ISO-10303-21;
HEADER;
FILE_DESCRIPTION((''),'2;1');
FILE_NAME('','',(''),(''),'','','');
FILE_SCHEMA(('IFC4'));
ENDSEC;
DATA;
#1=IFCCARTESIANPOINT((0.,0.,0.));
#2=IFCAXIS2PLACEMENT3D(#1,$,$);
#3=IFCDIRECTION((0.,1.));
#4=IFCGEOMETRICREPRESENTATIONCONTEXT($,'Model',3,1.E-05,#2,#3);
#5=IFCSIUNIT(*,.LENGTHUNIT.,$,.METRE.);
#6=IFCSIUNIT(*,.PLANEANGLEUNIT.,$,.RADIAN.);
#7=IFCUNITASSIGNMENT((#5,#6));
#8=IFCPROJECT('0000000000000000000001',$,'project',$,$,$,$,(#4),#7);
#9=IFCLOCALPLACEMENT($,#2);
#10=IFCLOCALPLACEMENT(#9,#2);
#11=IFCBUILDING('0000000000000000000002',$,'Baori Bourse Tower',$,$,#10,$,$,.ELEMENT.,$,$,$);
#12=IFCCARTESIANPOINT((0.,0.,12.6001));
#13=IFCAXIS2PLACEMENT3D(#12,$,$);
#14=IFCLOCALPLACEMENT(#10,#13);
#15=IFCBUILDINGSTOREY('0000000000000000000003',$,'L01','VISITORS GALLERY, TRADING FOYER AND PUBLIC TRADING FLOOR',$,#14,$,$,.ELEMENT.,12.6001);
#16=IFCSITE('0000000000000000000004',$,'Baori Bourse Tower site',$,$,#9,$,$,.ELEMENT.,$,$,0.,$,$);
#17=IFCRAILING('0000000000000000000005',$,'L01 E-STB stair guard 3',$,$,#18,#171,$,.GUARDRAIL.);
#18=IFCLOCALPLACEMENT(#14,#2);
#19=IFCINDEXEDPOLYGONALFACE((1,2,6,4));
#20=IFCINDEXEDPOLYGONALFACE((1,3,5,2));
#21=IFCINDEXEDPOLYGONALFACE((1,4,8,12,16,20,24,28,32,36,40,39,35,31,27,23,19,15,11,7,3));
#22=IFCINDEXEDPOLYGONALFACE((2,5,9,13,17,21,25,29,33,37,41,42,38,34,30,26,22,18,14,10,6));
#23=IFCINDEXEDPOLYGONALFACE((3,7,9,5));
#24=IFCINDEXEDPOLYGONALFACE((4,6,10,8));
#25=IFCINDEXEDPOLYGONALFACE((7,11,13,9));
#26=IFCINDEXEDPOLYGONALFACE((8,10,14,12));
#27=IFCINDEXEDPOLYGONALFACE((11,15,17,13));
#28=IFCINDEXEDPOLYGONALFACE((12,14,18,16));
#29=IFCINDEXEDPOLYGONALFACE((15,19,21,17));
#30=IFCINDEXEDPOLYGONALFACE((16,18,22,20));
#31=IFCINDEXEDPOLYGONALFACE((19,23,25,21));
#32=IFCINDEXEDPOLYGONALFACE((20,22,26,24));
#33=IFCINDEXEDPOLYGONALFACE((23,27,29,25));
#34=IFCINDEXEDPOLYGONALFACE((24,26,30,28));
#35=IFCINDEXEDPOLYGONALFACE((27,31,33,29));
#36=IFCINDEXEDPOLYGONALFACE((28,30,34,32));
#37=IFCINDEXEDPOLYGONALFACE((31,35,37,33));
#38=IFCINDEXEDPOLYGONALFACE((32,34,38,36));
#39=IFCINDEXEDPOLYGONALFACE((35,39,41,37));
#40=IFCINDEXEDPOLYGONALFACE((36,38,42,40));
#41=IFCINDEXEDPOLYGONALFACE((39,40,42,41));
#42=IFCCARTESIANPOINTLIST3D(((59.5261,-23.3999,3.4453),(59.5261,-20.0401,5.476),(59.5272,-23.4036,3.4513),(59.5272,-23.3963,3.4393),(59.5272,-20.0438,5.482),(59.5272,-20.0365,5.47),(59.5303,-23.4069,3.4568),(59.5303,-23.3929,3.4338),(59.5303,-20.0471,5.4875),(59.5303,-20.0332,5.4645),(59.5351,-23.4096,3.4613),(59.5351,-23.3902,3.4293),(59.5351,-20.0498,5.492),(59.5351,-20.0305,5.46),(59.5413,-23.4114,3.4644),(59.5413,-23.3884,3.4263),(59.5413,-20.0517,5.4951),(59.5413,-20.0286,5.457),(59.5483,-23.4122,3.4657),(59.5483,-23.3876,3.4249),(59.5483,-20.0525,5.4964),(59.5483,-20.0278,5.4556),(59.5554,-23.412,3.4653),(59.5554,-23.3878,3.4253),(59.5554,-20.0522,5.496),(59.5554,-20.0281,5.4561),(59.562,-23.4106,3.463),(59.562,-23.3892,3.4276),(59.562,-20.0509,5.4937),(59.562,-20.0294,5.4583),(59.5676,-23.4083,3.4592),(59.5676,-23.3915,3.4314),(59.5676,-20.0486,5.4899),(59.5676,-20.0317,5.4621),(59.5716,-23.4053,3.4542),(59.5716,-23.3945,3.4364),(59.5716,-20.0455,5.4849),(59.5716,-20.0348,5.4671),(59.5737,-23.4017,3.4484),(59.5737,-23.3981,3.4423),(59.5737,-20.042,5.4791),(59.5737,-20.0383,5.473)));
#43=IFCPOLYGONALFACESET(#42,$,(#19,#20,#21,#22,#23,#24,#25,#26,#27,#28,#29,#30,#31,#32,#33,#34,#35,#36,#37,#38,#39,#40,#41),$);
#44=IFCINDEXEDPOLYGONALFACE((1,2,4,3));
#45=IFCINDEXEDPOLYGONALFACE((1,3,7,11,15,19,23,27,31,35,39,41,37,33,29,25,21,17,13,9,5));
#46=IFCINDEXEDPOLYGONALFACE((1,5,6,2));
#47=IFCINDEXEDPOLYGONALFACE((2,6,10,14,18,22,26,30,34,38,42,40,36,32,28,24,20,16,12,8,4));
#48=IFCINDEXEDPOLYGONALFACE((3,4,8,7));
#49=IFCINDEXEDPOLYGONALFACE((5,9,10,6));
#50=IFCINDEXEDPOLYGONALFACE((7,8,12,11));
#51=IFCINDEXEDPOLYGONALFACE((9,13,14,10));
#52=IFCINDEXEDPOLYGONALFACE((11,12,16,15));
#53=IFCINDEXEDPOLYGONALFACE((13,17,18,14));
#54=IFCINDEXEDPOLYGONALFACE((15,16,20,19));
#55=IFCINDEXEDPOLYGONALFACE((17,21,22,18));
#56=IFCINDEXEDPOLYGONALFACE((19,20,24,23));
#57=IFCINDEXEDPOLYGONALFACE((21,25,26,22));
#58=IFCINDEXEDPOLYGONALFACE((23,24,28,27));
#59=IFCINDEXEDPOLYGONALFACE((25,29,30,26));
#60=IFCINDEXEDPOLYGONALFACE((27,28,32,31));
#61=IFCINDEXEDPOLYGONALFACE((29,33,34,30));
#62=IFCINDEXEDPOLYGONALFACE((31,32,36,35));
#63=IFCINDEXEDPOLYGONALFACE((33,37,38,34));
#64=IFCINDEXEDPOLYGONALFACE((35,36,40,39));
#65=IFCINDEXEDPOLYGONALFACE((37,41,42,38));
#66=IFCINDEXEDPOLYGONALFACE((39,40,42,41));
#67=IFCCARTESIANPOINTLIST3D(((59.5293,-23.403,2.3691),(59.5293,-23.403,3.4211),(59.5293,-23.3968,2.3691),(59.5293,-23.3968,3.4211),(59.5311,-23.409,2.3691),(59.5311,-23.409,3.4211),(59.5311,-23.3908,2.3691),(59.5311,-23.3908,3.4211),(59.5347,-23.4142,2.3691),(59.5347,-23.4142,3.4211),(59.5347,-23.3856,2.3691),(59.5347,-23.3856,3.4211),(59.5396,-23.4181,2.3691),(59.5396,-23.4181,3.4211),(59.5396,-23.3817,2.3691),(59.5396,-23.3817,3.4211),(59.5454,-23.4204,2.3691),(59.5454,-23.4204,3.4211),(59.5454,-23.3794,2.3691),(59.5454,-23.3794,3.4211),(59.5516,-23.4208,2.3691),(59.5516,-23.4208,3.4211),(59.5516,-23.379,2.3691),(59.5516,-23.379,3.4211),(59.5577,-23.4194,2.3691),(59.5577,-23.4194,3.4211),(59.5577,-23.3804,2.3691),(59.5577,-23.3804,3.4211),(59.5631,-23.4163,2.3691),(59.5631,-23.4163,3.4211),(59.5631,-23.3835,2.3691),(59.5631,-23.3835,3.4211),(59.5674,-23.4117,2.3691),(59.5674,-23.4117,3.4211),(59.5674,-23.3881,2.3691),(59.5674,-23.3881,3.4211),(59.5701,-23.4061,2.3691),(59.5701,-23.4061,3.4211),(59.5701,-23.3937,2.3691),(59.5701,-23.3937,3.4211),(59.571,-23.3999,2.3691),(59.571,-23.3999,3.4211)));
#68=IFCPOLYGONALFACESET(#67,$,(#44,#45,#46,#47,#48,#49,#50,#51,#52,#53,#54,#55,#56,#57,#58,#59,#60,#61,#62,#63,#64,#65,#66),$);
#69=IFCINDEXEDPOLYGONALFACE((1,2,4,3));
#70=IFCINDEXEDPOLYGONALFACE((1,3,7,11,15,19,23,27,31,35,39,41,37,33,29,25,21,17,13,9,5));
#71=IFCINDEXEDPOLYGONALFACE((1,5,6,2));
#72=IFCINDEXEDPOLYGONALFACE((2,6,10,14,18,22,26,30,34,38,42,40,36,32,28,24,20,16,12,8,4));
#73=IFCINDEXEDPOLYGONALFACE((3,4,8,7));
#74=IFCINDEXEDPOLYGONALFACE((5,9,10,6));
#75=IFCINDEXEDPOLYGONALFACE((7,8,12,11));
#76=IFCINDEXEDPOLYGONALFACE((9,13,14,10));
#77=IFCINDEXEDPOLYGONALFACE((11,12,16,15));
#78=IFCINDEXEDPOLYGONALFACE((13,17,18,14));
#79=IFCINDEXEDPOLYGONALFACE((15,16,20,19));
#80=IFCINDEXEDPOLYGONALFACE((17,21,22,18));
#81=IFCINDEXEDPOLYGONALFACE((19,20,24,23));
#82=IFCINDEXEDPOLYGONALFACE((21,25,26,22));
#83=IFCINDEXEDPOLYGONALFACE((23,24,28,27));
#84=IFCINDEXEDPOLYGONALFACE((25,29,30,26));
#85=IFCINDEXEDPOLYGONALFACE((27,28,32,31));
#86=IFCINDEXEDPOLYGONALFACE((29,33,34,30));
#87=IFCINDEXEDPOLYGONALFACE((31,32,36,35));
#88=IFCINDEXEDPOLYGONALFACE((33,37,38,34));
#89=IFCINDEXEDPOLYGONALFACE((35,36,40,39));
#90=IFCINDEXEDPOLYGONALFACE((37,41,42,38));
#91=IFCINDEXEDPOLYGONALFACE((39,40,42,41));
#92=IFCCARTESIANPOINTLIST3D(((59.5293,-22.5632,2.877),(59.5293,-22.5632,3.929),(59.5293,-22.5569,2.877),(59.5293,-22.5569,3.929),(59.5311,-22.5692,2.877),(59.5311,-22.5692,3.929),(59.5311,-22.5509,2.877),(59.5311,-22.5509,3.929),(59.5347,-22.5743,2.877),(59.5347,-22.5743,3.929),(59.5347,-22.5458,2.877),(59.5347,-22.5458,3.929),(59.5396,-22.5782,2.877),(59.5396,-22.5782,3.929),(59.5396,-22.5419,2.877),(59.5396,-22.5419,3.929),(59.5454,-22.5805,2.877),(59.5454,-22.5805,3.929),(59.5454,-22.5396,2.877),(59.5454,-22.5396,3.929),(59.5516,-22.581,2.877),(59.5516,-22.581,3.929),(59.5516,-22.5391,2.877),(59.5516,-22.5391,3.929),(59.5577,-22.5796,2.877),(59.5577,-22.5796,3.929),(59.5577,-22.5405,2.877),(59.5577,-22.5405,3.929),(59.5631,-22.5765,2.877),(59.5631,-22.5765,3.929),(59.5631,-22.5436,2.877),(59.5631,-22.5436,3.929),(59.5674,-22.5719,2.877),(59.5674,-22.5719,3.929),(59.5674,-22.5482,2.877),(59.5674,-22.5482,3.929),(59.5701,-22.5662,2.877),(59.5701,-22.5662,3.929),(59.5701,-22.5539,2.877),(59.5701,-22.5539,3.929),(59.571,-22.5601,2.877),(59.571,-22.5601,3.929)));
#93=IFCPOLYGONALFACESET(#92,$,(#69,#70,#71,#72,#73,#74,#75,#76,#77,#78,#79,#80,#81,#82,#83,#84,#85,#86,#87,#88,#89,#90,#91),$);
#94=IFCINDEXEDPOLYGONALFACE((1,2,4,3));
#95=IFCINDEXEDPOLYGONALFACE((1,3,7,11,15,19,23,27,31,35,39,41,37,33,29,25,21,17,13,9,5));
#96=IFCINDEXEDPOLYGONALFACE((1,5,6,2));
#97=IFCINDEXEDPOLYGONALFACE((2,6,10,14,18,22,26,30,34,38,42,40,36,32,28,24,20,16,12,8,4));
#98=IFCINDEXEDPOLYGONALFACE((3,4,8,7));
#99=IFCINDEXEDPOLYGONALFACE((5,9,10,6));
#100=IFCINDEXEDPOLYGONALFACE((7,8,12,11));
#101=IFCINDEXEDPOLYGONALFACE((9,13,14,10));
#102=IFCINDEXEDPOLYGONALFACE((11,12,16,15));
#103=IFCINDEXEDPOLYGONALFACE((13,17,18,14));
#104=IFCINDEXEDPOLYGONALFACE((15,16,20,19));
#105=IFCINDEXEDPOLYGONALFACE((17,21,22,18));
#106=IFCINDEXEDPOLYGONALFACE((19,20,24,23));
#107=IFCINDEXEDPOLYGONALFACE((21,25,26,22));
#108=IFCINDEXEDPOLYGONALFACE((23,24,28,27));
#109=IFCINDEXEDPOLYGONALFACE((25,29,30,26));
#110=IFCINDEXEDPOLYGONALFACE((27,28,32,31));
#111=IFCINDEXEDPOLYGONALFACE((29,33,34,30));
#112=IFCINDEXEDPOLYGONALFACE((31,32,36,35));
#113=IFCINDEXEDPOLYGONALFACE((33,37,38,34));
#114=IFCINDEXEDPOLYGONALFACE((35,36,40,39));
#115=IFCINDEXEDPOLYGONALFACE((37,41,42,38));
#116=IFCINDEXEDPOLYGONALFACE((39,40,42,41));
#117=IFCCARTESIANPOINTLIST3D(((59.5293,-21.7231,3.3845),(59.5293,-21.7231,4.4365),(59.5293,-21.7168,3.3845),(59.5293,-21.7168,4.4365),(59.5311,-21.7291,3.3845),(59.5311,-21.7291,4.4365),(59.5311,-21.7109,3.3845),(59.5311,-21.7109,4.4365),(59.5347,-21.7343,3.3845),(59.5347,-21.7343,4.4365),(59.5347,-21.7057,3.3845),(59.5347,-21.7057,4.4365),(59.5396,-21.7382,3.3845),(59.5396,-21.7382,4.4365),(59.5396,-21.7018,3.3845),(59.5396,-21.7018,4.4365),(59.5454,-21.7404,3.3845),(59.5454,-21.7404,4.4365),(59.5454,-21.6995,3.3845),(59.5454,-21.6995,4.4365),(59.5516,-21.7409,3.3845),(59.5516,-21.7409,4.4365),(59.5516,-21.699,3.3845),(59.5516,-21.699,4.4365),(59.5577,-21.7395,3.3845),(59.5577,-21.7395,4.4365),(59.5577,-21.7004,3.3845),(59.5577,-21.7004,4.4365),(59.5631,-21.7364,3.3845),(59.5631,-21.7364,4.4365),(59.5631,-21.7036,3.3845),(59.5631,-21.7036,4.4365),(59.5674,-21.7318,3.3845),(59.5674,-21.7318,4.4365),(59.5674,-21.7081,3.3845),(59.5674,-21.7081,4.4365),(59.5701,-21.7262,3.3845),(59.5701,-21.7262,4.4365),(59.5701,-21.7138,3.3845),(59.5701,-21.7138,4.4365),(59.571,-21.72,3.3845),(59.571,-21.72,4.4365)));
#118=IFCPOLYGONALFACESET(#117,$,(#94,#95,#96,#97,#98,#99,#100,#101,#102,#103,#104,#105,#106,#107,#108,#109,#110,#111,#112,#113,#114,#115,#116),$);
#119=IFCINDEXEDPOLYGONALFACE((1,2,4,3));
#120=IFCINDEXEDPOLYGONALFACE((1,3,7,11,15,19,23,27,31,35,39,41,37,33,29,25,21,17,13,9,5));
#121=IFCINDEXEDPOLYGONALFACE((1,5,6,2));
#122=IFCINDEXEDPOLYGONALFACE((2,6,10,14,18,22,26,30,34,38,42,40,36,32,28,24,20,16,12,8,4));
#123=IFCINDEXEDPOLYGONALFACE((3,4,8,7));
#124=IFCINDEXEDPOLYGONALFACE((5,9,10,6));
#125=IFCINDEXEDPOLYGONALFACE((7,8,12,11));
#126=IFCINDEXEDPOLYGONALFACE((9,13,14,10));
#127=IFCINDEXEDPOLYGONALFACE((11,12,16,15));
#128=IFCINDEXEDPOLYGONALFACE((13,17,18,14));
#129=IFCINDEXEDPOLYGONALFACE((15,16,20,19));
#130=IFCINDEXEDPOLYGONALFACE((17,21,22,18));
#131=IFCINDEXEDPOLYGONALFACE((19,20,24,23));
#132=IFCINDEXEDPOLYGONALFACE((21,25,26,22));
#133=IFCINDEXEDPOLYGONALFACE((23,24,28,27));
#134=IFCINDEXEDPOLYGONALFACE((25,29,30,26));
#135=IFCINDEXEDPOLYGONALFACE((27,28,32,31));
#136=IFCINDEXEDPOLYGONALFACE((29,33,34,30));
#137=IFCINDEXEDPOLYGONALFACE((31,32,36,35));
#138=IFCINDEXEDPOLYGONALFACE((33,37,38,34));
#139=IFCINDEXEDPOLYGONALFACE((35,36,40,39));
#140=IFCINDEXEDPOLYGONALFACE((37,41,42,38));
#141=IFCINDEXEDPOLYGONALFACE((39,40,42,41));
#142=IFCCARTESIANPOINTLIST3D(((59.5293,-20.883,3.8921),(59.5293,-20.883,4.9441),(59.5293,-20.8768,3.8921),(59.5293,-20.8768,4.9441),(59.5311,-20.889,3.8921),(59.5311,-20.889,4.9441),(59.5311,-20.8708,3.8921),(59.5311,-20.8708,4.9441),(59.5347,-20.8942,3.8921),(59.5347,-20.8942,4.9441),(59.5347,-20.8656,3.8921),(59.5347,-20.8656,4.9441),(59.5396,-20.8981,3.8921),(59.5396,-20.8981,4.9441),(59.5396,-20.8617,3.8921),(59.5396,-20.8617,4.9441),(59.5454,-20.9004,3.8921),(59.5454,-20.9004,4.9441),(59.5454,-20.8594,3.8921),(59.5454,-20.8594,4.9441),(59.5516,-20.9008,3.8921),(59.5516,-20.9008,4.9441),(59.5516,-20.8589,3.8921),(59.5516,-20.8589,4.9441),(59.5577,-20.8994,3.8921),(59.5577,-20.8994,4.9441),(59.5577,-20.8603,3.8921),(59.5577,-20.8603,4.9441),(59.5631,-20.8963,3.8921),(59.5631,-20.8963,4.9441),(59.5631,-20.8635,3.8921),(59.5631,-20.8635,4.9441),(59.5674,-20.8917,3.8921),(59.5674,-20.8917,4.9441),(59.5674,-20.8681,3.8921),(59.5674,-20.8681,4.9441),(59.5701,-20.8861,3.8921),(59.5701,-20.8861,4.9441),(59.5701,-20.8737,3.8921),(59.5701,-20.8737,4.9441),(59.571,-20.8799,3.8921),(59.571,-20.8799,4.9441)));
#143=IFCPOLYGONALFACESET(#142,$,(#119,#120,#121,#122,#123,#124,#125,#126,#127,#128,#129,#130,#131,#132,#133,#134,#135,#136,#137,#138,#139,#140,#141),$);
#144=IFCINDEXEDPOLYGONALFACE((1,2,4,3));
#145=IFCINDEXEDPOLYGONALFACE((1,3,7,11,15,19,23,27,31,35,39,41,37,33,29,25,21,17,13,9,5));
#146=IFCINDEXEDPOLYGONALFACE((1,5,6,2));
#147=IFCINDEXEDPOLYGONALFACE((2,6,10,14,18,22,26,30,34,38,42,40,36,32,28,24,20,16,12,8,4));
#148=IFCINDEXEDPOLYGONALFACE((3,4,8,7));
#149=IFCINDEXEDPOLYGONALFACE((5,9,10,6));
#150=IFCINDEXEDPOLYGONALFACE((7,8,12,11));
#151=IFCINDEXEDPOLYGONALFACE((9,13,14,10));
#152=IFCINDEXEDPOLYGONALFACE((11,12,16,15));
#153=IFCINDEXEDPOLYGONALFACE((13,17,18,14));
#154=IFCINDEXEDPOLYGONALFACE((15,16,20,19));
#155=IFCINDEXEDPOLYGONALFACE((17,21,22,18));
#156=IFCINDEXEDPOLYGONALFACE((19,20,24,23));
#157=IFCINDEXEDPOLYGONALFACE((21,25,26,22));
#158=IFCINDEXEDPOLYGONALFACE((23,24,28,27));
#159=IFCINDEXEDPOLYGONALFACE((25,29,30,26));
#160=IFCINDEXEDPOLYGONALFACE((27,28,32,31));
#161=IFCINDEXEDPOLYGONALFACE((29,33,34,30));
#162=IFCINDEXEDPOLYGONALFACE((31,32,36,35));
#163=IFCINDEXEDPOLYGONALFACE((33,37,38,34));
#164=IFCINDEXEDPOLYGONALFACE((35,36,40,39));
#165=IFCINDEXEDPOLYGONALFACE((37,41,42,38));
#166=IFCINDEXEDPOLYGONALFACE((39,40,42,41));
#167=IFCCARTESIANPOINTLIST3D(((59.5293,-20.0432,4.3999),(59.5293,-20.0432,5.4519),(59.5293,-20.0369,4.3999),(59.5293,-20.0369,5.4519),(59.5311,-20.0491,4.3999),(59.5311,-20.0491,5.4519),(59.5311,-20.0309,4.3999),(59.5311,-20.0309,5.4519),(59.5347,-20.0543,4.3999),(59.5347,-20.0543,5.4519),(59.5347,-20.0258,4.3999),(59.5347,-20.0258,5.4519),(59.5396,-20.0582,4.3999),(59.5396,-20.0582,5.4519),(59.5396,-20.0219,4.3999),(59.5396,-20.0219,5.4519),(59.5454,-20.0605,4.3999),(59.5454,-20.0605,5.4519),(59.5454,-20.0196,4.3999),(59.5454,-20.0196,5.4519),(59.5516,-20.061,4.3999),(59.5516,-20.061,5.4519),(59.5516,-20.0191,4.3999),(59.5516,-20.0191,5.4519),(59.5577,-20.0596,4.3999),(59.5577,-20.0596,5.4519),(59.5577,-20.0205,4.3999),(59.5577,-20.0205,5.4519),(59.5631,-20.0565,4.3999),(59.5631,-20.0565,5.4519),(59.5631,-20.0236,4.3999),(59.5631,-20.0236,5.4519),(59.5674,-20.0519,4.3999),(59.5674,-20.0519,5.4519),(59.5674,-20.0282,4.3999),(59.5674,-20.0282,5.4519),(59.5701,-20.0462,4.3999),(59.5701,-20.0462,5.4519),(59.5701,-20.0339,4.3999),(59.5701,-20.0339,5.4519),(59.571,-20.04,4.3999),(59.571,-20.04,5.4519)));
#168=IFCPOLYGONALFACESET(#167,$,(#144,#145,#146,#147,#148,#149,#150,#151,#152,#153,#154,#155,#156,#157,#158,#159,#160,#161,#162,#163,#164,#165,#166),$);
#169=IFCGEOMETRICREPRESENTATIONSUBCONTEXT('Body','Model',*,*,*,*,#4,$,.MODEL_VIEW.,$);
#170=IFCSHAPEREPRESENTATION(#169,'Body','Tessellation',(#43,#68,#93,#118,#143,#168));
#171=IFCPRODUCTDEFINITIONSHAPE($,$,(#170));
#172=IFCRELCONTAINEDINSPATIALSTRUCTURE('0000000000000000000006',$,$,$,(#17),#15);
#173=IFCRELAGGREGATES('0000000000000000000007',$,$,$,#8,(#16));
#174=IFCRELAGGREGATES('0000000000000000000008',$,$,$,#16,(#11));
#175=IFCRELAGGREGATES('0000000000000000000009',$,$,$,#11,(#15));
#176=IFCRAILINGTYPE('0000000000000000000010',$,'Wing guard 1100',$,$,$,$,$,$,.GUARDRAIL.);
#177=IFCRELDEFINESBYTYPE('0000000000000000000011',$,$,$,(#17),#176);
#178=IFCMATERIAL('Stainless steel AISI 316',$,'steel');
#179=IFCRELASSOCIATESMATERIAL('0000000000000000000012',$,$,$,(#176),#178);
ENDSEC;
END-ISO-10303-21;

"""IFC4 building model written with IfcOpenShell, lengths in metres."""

from ifc_helpers import new_model, si_unit, direction, frame, origin, origin_2d, place, context, subcontext, project, spatial, circle, extrude, material, type_object, element, save


model = new_model("IFC4")

# Units and contexts
model_context = context("Model", 3, precision=1e-05, world=origin(), true_north=direction((0.0, 1.0)))
body_context = subcontext(model_context, "Body", "Model", "MODEL_VIEW")
ifc_project = project(units=[si_unit("LENGTHUNIT", "METRE"), si_unit("PLANEANGLEUNIT", "RADIAN")], contexts=[model_context])

# Site, building, storey
site_placement = place(None, origin())
site = spatial("IfcSite", under=ifc_project, at=site_placement, Name="Baori Bourse Tower site", CompositionType="ELEMENT", RefElevation=0.0)
building_placement = place(site_placement, origin())
building = spatial("IfcBuilding", under=site, at=building_placement, Name="Baori Bourse Tower", CompositionType="ELEMENT")
storey_placement = place(building_placement, frame((0.0, 0.0, 12.6001)))
storey = spatial("IfcBuildingStorey", under=building, at=storey_placement, Name="L01", Description="VISITORS GALLERY, TRADING FOYER AND PUBLIC TRADING FLOOR", CompositionType="ELEMENT", Elevation=12.6001)

# Railing
ifc_material_1 = material(Name="Stainless steel AISI 316", Category="steel")
railing_type_1 = type_object("IfcRailingType", Name="Wing guard 1100", PredefinedType="GUARDRAIL", material=ifc_material_1)
railing_1_placement = place(storey_placement, frame((59.55, -23.3999, 2.3691)))
element("IfcRailing", 1, at=railing_1_placement, inside=storey, type_object=railing_type_1, Name="L01 E-STB stair guard 3", PredefinedType="GUARDRAIL", context=body_context, shape_type="SweptSolid", body=[
    extrude(circle(Radius=0.0239, at=origin_2d()), frame((0.0, 0.0, 1.0762), z_axis=(0.0, 0.85582, 0.517273), x_axis=(-1.0, 0.0, 0.0)), (0.0, 0.0, 1.0), 3.9258),
    extrude(circle(Radius=0.021, at=origin_2d()), origin(), (0.0, 0.0, 1.0), 1.052),
    extrude(circle(Radius=0.021, at=origin_2d()), frame((0.0, 0.8398, 0.5078)), (0.0, 0.0, 1.0), 1.052),
    extrude(circle(Radius=0.021, at=origin_2d()), frame((0.0, 1.6799, 1.0154)), (0.0, 0.0, 1.0), 1.052),
    extrude(circle(Radius=0.021, at=origin_2d()), frame((0.0, 2.52, 1.5229)), (0.0, 0.0, 1.0), 1.052),
    extrude(circle(Radius=0.021, at=origin_2d()), frame((0.0, 3.3599, 2.0308)), (0.0, 0.0, 1.0), 1.052),
])

save(model, "model.ifc")
